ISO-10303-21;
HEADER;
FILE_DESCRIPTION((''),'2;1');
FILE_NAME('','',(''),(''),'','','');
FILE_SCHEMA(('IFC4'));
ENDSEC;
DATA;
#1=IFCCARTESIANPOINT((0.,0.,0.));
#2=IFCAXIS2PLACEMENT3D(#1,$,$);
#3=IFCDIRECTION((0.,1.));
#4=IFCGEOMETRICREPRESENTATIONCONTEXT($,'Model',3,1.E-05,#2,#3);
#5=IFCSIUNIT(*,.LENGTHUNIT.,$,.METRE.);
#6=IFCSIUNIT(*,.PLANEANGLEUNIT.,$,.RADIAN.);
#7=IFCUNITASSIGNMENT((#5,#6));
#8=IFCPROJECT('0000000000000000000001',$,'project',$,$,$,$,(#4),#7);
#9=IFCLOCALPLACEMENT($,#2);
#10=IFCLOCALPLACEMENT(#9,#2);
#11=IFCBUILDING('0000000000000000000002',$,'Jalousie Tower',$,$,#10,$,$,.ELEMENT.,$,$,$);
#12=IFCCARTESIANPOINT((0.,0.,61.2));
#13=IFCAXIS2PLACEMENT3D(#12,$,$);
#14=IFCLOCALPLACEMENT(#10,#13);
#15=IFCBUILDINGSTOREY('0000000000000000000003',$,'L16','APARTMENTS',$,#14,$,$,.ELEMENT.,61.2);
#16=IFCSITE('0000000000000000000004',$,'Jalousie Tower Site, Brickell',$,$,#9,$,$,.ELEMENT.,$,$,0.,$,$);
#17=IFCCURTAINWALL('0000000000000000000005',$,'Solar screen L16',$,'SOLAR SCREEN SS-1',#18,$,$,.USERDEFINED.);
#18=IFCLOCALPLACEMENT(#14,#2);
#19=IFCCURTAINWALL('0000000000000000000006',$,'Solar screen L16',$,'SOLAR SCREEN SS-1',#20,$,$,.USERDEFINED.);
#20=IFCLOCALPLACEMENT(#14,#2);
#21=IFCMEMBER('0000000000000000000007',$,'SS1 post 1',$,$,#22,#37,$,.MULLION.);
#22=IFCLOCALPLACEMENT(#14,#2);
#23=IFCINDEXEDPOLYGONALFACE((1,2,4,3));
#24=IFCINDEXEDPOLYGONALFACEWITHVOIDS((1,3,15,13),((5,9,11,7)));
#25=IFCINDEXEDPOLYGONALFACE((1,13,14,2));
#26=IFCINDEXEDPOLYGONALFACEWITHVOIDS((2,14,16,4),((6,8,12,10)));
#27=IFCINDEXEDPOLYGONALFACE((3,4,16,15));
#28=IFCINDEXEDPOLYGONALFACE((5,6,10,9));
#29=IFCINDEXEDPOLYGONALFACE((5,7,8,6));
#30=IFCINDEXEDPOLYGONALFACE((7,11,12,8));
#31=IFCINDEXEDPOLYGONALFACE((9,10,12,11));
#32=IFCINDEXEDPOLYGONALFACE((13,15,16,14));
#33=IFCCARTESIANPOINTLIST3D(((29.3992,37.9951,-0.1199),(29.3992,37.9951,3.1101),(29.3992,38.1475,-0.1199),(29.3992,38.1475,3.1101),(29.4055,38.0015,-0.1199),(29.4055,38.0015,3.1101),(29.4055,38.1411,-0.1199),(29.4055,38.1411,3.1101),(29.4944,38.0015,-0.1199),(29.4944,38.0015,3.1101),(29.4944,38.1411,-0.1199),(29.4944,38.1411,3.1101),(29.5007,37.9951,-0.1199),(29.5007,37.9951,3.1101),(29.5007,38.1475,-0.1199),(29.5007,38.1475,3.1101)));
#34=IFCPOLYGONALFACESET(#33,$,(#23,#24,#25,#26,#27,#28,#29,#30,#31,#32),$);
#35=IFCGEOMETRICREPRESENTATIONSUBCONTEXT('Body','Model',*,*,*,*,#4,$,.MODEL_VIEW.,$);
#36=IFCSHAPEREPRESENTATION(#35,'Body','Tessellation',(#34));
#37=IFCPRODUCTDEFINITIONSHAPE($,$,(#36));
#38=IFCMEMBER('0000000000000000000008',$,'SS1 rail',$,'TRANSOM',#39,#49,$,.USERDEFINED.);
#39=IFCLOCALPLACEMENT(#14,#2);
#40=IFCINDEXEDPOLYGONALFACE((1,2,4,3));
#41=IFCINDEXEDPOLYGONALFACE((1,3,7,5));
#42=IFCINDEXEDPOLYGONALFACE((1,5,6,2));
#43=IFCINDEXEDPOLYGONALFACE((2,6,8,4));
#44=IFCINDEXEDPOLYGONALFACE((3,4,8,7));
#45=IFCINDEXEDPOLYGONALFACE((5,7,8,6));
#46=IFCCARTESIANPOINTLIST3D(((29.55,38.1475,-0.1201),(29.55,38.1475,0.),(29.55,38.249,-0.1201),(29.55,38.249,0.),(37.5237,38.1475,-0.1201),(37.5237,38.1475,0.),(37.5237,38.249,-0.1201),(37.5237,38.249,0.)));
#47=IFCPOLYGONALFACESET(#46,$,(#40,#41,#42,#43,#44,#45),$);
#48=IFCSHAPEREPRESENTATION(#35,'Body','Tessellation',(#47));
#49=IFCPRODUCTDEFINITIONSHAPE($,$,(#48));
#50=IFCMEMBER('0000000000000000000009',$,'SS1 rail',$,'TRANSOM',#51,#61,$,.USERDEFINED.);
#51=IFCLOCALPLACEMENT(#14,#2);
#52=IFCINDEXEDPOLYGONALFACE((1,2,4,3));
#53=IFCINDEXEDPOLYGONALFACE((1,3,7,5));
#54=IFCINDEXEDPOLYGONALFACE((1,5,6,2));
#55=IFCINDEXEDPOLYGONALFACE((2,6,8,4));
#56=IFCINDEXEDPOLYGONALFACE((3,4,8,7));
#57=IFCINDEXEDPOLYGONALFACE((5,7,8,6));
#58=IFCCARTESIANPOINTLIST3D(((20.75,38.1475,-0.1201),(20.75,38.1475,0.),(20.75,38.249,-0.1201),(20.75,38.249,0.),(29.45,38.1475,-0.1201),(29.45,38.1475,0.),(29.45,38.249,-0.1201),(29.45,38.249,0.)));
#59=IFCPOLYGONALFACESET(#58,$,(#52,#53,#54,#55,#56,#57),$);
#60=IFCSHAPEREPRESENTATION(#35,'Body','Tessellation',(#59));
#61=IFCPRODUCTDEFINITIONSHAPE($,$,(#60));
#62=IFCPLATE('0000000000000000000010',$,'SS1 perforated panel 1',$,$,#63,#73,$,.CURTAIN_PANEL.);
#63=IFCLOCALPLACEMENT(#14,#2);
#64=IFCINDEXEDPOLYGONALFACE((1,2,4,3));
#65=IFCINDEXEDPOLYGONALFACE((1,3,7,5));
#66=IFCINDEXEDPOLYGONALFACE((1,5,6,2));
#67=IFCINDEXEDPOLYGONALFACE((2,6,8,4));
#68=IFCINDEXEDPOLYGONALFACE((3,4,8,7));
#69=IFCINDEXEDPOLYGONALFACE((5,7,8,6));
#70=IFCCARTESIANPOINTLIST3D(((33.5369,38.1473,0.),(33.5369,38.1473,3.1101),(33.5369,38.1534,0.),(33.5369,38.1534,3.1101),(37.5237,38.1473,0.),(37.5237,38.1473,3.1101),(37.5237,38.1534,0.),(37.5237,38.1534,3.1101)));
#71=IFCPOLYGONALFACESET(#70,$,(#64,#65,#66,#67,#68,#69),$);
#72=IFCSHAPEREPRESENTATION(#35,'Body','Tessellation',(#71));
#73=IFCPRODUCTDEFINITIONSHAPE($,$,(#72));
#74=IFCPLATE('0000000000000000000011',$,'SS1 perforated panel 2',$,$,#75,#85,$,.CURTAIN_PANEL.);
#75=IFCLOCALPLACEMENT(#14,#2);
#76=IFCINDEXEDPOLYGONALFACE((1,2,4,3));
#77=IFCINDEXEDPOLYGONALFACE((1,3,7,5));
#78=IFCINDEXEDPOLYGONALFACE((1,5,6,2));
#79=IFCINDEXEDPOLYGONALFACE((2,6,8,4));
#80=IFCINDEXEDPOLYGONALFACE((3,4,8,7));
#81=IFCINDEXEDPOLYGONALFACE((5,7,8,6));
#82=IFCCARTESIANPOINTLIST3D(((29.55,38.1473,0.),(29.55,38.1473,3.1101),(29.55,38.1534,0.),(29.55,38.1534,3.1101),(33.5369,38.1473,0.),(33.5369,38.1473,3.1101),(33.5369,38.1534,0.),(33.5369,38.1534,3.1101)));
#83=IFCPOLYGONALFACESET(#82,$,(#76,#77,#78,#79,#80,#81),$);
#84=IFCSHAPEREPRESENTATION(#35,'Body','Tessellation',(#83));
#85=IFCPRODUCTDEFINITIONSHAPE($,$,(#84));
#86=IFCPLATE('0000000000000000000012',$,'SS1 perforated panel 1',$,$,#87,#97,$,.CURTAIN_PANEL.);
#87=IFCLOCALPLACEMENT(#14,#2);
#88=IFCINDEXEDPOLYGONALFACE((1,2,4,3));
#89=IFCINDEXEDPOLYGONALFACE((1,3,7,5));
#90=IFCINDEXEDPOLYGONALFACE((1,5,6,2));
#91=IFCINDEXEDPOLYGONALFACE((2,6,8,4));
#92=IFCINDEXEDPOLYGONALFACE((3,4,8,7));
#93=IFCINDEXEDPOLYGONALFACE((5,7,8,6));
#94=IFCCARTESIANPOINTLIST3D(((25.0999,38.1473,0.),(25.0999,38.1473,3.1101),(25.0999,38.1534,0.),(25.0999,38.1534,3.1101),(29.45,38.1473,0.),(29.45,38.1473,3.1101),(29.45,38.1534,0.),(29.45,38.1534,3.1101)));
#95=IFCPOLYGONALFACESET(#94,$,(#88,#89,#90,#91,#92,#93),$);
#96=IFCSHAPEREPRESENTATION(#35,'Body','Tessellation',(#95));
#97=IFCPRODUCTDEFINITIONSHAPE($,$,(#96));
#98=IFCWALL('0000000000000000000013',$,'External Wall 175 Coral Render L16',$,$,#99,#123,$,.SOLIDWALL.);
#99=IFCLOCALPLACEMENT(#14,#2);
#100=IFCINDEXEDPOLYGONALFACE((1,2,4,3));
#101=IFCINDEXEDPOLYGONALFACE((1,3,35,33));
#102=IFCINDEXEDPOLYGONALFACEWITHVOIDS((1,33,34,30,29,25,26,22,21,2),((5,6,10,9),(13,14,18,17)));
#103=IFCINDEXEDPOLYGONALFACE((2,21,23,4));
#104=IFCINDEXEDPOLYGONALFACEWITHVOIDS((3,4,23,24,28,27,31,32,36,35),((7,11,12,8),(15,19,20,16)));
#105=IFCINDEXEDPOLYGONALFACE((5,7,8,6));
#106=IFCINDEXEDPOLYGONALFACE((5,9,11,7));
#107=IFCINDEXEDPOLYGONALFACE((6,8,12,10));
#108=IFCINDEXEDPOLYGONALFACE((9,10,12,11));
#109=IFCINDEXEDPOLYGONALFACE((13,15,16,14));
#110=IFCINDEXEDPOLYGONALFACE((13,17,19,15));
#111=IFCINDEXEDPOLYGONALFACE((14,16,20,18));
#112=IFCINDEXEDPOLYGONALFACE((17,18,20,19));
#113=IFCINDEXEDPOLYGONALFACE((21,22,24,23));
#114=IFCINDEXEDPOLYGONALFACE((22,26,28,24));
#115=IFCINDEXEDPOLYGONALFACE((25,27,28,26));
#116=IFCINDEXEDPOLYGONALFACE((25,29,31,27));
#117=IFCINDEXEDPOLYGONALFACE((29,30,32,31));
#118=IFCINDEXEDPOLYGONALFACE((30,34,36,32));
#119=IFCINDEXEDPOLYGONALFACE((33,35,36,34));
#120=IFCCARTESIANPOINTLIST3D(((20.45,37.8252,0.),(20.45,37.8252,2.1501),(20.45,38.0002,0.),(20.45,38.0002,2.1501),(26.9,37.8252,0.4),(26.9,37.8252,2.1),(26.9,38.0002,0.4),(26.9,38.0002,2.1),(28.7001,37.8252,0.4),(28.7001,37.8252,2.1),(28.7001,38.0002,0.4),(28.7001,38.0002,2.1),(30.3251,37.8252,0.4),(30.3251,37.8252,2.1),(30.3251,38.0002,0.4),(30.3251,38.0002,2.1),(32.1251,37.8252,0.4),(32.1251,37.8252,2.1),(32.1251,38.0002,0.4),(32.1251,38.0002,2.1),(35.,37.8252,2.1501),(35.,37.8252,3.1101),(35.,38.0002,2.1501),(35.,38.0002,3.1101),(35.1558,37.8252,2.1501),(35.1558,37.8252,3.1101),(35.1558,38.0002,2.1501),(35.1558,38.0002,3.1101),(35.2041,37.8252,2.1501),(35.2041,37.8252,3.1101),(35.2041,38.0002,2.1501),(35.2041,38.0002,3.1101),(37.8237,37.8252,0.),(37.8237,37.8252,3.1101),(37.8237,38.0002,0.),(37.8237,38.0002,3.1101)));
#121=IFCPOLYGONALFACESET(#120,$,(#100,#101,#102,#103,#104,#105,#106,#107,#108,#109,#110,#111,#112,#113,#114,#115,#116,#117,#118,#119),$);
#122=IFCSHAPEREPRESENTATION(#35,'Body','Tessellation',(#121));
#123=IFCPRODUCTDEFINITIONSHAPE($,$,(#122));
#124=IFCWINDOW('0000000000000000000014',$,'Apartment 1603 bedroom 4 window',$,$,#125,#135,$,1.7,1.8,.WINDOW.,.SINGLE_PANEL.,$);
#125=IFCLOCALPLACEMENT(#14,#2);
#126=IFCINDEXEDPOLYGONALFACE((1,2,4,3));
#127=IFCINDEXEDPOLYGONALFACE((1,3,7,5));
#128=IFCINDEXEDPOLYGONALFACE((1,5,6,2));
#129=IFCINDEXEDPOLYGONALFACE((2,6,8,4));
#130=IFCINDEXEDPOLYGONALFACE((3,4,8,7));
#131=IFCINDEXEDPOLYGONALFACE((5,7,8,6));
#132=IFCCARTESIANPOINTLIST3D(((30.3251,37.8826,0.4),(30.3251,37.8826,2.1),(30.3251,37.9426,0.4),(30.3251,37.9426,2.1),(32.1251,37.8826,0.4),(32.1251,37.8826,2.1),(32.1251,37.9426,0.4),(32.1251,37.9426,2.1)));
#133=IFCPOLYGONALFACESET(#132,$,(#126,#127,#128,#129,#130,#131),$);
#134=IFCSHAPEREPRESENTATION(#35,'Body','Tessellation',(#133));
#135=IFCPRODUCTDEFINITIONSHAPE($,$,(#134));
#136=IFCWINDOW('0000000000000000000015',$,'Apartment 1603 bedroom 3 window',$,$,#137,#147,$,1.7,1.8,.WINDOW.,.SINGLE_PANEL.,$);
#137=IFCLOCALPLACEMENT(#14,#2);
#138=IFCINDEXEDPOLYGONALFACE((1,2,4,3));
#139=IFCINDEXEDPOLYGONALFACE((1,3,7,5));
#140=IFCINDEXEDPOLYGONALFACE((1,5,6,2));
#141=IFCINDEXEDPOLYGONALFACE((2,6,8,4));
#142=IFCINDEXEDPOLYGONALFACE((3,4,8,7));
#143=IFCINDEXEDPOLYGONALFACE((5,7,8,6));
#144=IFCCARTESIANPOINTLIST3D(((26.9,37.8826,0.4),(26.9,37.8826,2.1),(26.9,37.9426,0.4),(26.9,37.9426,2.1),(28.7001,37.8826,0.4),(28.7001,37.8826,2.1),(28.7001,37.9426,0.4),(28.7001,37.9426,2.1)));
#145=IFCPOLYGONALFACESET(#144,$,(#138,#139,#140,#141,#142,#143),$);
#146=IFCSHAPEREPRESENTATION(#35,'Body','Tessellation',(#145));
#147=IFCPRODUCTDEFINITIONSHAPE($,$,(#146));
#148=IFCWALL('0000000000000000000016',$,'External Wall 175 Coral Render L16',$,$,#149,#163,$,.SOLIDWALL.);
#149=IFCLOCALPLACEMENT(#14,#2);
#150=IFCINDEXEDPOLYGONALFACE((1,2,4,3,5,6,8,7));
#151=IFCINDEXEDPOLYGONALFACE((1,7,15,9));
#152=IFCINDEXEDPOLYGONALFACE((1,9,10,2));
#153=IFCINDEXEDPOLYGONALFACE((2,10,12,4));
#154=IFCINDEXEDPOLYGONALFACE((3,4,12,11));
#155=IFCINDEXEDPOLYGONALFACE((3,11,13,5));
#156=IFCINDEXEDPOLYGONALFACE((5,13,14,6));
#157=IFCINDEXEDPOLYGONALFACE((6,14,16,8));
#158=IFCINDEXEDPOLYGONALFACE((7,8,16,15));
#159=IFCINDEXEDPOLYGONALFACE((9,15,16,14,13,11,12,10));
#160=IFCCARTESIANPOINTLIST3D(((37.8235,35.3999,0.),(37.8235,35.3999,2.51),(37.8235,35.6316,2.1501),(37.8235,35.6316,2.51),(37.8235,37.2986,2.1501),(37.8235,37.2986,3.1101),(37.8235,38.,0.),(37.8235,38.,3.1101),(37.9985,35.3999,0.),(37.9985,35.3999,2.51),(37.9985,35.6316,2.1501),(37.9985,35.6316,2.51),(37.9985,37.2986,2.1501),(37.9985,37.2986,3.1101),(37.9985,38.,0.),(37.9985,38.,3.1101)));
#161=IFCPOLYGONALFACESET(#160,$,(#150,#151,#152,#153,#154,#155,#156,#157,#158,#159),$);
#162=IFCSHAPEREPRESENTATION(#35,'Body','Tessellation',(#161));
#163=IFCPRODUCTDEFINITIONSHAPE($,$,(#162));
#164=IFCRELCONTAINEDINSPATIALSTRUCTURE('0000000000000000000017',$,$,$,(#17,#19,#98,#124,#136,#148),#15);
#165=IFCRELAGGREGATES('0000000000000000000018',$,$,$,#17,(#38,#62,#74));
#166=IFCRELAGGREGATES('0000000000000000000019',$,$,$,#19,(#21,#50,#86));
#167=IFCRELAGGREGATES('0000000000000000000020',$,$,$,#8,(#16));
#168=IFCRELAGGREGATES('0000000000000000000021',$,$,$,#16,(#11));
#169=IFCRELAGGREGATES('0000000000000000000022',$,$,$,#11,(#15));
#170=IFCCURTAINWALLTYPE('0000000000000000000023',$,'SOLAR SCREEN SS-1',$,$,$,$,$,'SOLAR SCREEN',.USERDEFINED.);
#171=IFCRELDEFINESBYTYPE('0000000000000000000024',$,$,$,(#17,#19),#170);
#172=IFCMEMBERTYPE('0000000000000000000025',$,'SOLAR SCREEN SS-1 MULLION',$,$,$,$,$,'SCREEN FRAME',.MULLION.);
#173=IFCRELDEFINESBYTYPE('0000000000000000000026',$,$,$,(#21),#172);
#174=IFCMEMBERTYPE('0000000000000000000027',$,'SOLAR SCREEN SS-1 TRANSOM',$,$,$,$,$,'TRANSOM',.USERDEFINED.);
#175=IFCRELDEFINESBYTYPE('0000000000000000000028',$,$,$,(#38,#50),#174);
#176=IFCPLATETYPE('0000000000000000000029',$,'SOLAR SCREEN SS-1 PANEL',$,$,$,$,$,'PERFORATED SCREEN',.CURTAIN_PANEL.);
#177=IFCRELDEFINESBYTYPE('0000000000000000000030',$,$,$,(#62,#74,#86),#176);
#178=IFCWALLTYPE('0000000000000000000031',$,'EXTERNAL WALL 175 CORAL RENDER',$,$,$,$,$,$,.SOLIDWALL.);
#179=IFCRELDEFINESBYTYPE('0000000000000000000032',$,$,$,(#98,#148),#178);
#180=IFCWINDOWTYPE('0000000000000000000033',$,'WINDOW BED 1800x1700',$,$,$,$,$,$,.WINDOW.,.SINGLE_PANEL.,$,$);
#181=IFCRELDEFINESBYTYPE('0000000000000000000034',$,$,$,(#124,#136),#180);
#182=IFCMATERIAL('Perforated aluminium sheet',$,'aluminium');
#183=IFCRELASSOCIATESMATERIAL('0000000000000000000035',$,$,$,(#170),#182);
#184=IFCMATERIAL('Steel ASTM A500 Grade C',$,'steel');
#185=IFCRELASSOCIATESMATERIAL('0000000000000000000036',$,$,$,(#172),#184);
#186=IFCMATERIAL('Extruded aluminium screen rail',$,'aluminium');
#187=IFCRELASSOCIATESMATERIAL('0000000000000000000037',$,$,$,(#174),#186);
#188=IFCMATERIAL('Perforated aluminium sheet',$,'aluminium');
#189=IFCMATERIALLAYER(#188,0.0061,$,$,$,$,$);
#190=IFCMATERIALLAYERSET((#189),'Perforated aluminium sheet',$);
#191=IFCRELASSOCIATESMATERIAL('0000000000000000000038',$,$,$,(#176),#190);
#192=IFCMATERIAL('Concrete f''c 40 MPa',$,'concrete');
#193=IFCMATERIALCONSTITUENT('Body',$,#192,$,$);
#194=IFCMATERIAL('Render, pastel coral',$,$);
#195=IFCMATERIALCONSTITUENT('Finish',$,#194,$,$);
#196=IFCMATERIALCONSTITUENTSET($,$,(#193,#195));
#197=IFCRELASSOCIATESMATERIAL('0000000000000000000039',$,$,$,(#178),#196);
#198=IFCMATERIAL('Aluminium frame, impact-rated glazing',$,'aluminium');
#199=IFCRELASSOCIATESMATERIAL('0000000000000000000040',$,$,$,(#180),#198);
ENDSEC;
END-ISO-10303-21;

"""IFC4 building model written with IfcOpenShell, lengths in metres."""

from ifc_helpers import new_model, si_unit, direction, frame, frame_2d, origin, origin_2d, place, context, subcontext, project, spatial, polyline, rectangle, hollow_rectangle, outline, extrude, material, layer, layer_set, constituent, constituent_set, material_profile, profile_set, type_object, element, fill, aggregate, save


model = new_model("IFC4")

# Units and contexts
model_context = context("Model", 3, precision=1e-05, world=origin(), true_north=direction((0.0, 1.0)))
body_context = subcontext(model_context, "Body", "Model", "MODEL_VIEW")
ifc_project = project(units=[si_unit("LENGTHUNIT", "METRE"), si_unit("PLANEANGLEUNIT", "RADIAN")], contexts=[model_context])

# Site, building, storey
site_placement = place(None, origin())
site = spatial("IfcSite", under=ifc_project, at=site_placement, Name="Jalousie Tower Site, Brickell", CompositionType="ELEMENT", RefElevation=0.0)
building_placement = place(site_placement, origin())
building = spatial("IfcBuilding", under=site, at=building_placement, Name="Jalousie Tower", CompositionType="ELEMENT")
storey_placement = place(building_placement, frame((0.0, 0.0, 61.2)))
storey = spatial("IfcBuildingStorey", under=building, at=storey_placement, Name="L16", Description="APARTMENTS", CompositionType="ELEMENT", Elevation=61.2)

# Curtain wall
ifc_material_1 = material(Name="Perforated aluminium sheet", Category="aluminium")
curtain_wall_type = type_object("IfcCurtainWallType", Name="SOLAR SCREEN SS-1", ElementType="SOLAR SCREEN", PredefinedType="USERDEFINED", material=ifc_material_1)
curtain_wall_1_placement = place(storey_placement, origin())
curtain_wall_1 = element("IfcCurtainWall", 1, at=curtain_wall_1_placement, inside=storey, type_object=curtain_wall_type, Name="Solar screen L16", ObjectType="SOLAR SCREEN SS-1", PredefinedType="USERDEFINED")
ifc_material_2 = material(Name="Steel ASTM A500 Grade C", Category="steel")
ifc_material_profile_1 = material_profile(ifc_material_2, hollow_rectangle(XDim=0.1016, YDim=0.1523, WallThickness=0.0063, at=origin_2d()), Name="HSS6X4X1/4")
ifc_profile_set_1 = profile_set([ifc_material_profile_1], Name="Steel ASTM A500 Grade C")
member_type_1 = type_object("IfcMemberType", Name="SOLAR SCREEN SS-1 MULLION", ElementType="SCREEN FRAME", PredefinedType="MULLION", material=ifc_profile_set_1)

# Curtain wall, member
curtain_wall_2_placement = place(storey_placement, origin())
curtain_wall_2 = element("IfcCurtainWall", 2, at=curtain_wall_2_placement, inside=storey, type_object=curtain_wall_type, Name="Solar screen L16", ObjectType="SOLAR SCREEN SS-1", PredefinedType="USERDEFINED")
member_1_placement = place(storey_placement, frame((29.45, 38.0713, -0.1199), z_axis=(0.0, 0.0, 1.0), x_axis=(-1.0, 0.0, 0.0)))
member_1 = element("IfcMember", 3, at=member_1_placement, type_object=member_type_1, Name="SS1 post 1", PredefinedType="MULLION", context=body_context, shape_type="SweptSolid", body=[
    extrude(hollow_rectangle(XDim=0.1016, YDim=0.1523, WallThickness=0.0063, at=origin_2d()), origin(), (0.0, 0.0, 1.0), 3.23),
])

# Members
ifc_material_3 = material(Name="Extruded aluminium screen rail", Category="aluminium")
ifc_material_profile_2 = material_profile(ifc_material_3, rectangle(XDim=0.1016, YDim=0.1201, at=origin_2d()), Name="RAIL 102x120")
ifc_profile_set_2 = profile_set([ifc_material_profile_2], Name="Extruded aluminium screen rail")
member_type_2 = type_object("IfcMemberType", Name="SOLAR SCREEN SS-1 TRANSOM", ElementType="TRANSOM", PredefinedType="USERDEFINED", material=ifc_profile_set_2)
member_2_placement = place(storey_placement, frame((37.5237, 38.1982, -0.0601), z_axis=(-1.0, 0.0, 0.0), x_axis=(0.0, -1.0, 0.0)))
member_2 = element("IfcMember", 4, at=member_2_placement, type_object=member_type_2, Name="SS1 rail", ObjectType="TRANSOM", PredefinedType="USERDEFINED", context=body_context, shape_type="SweptSolid", body=[
    extrude(rectangle(XDim=0.1016, YDim=0.1201, at=origin_2d()), origin(), (0.0, 0.0, 1.0), 7.9736),
])
member_3_placement = place(storey_placement, frame((29.45, 38.1982, -0.0601), z_axis=(-1.0, 0.0, 0.0), x_axis=(0.0, -1.0, 0.0)))
member_3 = element("IfcMember", 5, at=member_3_placement, type_object=member_type_2, Name="SS1 rail", ObjectType="TRANSOM", PredefinedType="USERDEFINED", context=body_context, shape_type="SweptSolid", body=[
    extrude(rectangle(XDim=0.1016, YDim=0.1201, at=origin_2d()), origin(), (0.0, 0.0, 1.0), 8.7),
])

# Plates
ifc_material_4 = material(Name="Perforated aluminium sheet", Category="aluminium")
ifc_layer_1 = layer(ifc_material_4, 0.0061)
ifc_layer_set_1 = layer_set([ifc_layer_1], Name="Perforated aluminium sheet")
plate_type = type_object("IfcPlateType", Name="SOLAR SCREEN SS-1 PANEL", ElementType="PERFORATED SCREEN", PredefinedType="CURTAIN_PANEL", material=ifc_layer_set_1)
plate_1_placement = place(storey_placement, frame((35.5303, 38.1504, 0.0), z_axis=(0.0, 0.0, 1.0), x_axis=(-1.0, 0.0, 0.0)))
plate_1 = element("IfcPlate", 6, at=plate_1_placement, type_object=plate_type, Name="SS1 perforated panel 1", PredefinedType="CURTAIN_PANEL", context=body_context, shape_type="SweptSolid", body=[
    extrude(rectangle(XDim=3.9868, YDim=0.0061, at=origin_2d()), origin(), (0.0, 0.0, 1.0), 3.1101),
])
plate_2_placement = place(storey_placement, frame((31.5435, 38.1504, 0.0), z_axis=(0.0, 0.0, 1.0), x_axis=(-1.0, 0.0, 0.0)))
plate_2 = element("IfcPlate", 7, at=plate_2_placement, type_object=plate_type, Name="SS1 perforated panel 2", PredefinedType="CURTAIN_PANEL", context=body_context, shape_type="SweptSolid", body=[
    extrude(rectangle(XDim=3.9868, YDim=0.0061, at=origin_2d()), origin(), (0.0, 0.0, 1.0), 3.1101),
])
aggregate(curtain_wall_1, [member_2, plate_1, plate_2])
plate_3_placement = place(storey_placement, frame((27.2749, 38.1504, 0.0), z_axis=(0.0, 0.0, 1.0), x_axis=(-1.0, 0.0, 0.0)))
plate_3 = element("IfcPlate", 8, at=plate_3_placement, type_object=plate_type, Name="SS1 perforated panel 1", PredefinedType="CURTAIN_PANEL", context=body_context, shape_type="SweptSolid", body=[
    extrude(rectangle(XDim=4.3501, YDim=0.0061, at=origin_2d()), origin(), (0.0, 0.0, 1.0), 3.1101),
])
aggregate(curtain_wall_2, [member_1, member_3, plate_3])

# Wall, openings, windows
ifc_material_5 = material(Name="Concrete f'c 40 MPa", Category="concrete")
ifc_constituent_1 = constituent(ifc_material_5, Name="Body")
ifc_material_6 = material(Name="Render, pastel coral")
ifc_constituent_2 = constituent(ifc_material_6, Name="Finish")
ifc_constituent_set_1 = constituent_set(constituents=[ifc_constituent_1, ifc_constituent_2])
wall_type_1 = type_object("IfcWallType", Name="EXTERNAL WALL 175 CORAL RENDER", PredefinedType="SOLIDWALL", material=ifc_constituent_set_1)
wall_1_placement = place(storey_placement, frame((37.8237, 37.9126, 0.0), z_axis=(0.0, 0.0, 1.0), x_axis=(-1.0, 0.0, 0.0)))
wall_1 = element("IfcWall", 9, at=wall_1_placement, inside=storey, type_object=wall_type_1, Name="External Wall 175 Coral Render L16", PredefinedType="SOLIDWALL", context=body_context, shape_type="SweptSolid", body=[
    extrude(outline(polyline([(0.0, 0.0), (17.3738, 0.0), (17.3738, 2.1501), (2.8237, 2.1501), (2.8237, 3.1101), (2.668, 3.1101), (2.668, 2.1501), (2.6196, 2.1501), (2.6196, 3.1101), (0.0, 3.1101), (0.0, 0.0)])), frame((0.0, 0.0874, 0.0), z_axis=(0.0, -1.0, 0.0), x_axis=(1.0, 0.0, 0.0)), (0.0, 0.0, 1.0), 0.175),
])
opening_1_placement = place(wall_1_placement, frame((5.6987, 0.0, 0.3999)))
opening_1 = element("IfcOpeningElement", 10, at=opening_1_placement, cuts=wall_1, PredefinedType="OPENING", context=body_context, shape_type="SweptSolid", body=[
    extrude(rectangle(XDim=1.8, YDim=1.7, at=frame_2d((0.8999, 0.8501))), frame((0.0, 0.0974, 0.0), z_axis=(0.0, -1.0, 0.0), x_axis=(1.0, 0.0, 0.0)), (0.0, 0.0, 1.0), 0.1951),
])
opening_2_placement = place(wall_1_placement, frame((9.1238, 0.0, 0.3999)))
opening_2 = element("IfcOpeningElement", 11, at=opening_2_placement, cuts=wall_1, PredefinedType="OPENING", context=body_context, shape_type="SweptSolid", body=[
    extrude(rectangle(XDim=1.8, YDim=1.7, at=frame_2d((0.8999, 0.8501))), frame((0.0, 0.0974, 0.0), z_axis=(0.0, -1.0, 0.0), x_axis=(1.0, 0.0, 0.0)), (0.0, 0.0, 1.0), 0.1951),
])
ifc_material_7 = material(Name="Aluminium frame, impact-rated glazing", Category="aluminium")
window_type = type_object("IfcWindowType", Name="WINDOW BED 1800x1700", PartitioningType="SINGLE_PANEL", PredefinedType="WINDOW", material=ifc_material_7)
window_1_placement = place(opening_1_placement, origin())
window_1 = element("IfcWindow", 12, at=window_1_placement, inside=storey, type_object=window_type, Name="Apartment 1603 bedroom 4 window", OverallHeight=1.7, OverallWidth=1.8, PartitioningType="SINGLE_PANEL", PredefinedType="WINDOW", context=body_context, shape_type="SweptSolid", body=[
    extrude(rectangle(XDim=1.8, YDim=1.7, at=frame_2d((0.8999, 0.8501))), frame((0.0, 0.03, 0.0), z_axis=(0.0, -1.0, 0.0), x_axis=(1.0, 0.0, 0.0)), (0.0, 0.0, 1.0), 0.0601),
])
fill(opening_1, window_1)
window_2_placement = place(opening_2_placement, origin())
window_2 = element("IfcWindow", 13, at=window_2_placement, inside=storey, type_object=window_type, Name="Apartment 1603 bedroom 3 window", OverallHeight=1.7, OverallWidth=1.8, PartitioningType="SINGLE_PANEL", PredefinedType="WINDOW", context=body_context, shape_type="SweptSolid", body=[
    extrude(rectangle(XDim=1.8, YDim=1.7, at=frame_2d((0.8999, 0.8501))), frame((0.0, 0.03, 0.0), z_axis=(0.0, -1.0, 0.0), x_axis=(1.0, 0.0, 0.0)), (0.0, 0.0, 1.0), 0.0601),
])
fill(opening_2, window_2)

# Wall
wall_2_placement = place(storey_placement, frame((37.9111, 38.0, 0.0), z_axis=(0.0, 0.0, 1.0), x_axis=(0.0, -1.0, 0.0)))
element("IfcWall", 14, at=wall_2_placement, inside=storey, type_object=wall_type_1, Name="External Wall 175 Coral Render L16", PredefinedType="SOLIDWALL", context=body_context, shape_type="SweptSolid", body=[
    extrude(outline(polyline([(0.0, 0.0), (2.6001, 0.0), (2.6001, 2.51), (2.3684, 2.51), (2.3684, 2.1501), (0.7014, 2.1501), (0.7014, 3.1101), (0.0, 3.1101), (0.0, 0.0)])), frame((0.0, 0.0874, 0.0), z_axis=(0.0, -1.0, 0.0), x_axis=(1.0, 0.0, 0.0)), (0.0, 0.0, 1.0), 0.175),
])

save(model, "model.ifc")
